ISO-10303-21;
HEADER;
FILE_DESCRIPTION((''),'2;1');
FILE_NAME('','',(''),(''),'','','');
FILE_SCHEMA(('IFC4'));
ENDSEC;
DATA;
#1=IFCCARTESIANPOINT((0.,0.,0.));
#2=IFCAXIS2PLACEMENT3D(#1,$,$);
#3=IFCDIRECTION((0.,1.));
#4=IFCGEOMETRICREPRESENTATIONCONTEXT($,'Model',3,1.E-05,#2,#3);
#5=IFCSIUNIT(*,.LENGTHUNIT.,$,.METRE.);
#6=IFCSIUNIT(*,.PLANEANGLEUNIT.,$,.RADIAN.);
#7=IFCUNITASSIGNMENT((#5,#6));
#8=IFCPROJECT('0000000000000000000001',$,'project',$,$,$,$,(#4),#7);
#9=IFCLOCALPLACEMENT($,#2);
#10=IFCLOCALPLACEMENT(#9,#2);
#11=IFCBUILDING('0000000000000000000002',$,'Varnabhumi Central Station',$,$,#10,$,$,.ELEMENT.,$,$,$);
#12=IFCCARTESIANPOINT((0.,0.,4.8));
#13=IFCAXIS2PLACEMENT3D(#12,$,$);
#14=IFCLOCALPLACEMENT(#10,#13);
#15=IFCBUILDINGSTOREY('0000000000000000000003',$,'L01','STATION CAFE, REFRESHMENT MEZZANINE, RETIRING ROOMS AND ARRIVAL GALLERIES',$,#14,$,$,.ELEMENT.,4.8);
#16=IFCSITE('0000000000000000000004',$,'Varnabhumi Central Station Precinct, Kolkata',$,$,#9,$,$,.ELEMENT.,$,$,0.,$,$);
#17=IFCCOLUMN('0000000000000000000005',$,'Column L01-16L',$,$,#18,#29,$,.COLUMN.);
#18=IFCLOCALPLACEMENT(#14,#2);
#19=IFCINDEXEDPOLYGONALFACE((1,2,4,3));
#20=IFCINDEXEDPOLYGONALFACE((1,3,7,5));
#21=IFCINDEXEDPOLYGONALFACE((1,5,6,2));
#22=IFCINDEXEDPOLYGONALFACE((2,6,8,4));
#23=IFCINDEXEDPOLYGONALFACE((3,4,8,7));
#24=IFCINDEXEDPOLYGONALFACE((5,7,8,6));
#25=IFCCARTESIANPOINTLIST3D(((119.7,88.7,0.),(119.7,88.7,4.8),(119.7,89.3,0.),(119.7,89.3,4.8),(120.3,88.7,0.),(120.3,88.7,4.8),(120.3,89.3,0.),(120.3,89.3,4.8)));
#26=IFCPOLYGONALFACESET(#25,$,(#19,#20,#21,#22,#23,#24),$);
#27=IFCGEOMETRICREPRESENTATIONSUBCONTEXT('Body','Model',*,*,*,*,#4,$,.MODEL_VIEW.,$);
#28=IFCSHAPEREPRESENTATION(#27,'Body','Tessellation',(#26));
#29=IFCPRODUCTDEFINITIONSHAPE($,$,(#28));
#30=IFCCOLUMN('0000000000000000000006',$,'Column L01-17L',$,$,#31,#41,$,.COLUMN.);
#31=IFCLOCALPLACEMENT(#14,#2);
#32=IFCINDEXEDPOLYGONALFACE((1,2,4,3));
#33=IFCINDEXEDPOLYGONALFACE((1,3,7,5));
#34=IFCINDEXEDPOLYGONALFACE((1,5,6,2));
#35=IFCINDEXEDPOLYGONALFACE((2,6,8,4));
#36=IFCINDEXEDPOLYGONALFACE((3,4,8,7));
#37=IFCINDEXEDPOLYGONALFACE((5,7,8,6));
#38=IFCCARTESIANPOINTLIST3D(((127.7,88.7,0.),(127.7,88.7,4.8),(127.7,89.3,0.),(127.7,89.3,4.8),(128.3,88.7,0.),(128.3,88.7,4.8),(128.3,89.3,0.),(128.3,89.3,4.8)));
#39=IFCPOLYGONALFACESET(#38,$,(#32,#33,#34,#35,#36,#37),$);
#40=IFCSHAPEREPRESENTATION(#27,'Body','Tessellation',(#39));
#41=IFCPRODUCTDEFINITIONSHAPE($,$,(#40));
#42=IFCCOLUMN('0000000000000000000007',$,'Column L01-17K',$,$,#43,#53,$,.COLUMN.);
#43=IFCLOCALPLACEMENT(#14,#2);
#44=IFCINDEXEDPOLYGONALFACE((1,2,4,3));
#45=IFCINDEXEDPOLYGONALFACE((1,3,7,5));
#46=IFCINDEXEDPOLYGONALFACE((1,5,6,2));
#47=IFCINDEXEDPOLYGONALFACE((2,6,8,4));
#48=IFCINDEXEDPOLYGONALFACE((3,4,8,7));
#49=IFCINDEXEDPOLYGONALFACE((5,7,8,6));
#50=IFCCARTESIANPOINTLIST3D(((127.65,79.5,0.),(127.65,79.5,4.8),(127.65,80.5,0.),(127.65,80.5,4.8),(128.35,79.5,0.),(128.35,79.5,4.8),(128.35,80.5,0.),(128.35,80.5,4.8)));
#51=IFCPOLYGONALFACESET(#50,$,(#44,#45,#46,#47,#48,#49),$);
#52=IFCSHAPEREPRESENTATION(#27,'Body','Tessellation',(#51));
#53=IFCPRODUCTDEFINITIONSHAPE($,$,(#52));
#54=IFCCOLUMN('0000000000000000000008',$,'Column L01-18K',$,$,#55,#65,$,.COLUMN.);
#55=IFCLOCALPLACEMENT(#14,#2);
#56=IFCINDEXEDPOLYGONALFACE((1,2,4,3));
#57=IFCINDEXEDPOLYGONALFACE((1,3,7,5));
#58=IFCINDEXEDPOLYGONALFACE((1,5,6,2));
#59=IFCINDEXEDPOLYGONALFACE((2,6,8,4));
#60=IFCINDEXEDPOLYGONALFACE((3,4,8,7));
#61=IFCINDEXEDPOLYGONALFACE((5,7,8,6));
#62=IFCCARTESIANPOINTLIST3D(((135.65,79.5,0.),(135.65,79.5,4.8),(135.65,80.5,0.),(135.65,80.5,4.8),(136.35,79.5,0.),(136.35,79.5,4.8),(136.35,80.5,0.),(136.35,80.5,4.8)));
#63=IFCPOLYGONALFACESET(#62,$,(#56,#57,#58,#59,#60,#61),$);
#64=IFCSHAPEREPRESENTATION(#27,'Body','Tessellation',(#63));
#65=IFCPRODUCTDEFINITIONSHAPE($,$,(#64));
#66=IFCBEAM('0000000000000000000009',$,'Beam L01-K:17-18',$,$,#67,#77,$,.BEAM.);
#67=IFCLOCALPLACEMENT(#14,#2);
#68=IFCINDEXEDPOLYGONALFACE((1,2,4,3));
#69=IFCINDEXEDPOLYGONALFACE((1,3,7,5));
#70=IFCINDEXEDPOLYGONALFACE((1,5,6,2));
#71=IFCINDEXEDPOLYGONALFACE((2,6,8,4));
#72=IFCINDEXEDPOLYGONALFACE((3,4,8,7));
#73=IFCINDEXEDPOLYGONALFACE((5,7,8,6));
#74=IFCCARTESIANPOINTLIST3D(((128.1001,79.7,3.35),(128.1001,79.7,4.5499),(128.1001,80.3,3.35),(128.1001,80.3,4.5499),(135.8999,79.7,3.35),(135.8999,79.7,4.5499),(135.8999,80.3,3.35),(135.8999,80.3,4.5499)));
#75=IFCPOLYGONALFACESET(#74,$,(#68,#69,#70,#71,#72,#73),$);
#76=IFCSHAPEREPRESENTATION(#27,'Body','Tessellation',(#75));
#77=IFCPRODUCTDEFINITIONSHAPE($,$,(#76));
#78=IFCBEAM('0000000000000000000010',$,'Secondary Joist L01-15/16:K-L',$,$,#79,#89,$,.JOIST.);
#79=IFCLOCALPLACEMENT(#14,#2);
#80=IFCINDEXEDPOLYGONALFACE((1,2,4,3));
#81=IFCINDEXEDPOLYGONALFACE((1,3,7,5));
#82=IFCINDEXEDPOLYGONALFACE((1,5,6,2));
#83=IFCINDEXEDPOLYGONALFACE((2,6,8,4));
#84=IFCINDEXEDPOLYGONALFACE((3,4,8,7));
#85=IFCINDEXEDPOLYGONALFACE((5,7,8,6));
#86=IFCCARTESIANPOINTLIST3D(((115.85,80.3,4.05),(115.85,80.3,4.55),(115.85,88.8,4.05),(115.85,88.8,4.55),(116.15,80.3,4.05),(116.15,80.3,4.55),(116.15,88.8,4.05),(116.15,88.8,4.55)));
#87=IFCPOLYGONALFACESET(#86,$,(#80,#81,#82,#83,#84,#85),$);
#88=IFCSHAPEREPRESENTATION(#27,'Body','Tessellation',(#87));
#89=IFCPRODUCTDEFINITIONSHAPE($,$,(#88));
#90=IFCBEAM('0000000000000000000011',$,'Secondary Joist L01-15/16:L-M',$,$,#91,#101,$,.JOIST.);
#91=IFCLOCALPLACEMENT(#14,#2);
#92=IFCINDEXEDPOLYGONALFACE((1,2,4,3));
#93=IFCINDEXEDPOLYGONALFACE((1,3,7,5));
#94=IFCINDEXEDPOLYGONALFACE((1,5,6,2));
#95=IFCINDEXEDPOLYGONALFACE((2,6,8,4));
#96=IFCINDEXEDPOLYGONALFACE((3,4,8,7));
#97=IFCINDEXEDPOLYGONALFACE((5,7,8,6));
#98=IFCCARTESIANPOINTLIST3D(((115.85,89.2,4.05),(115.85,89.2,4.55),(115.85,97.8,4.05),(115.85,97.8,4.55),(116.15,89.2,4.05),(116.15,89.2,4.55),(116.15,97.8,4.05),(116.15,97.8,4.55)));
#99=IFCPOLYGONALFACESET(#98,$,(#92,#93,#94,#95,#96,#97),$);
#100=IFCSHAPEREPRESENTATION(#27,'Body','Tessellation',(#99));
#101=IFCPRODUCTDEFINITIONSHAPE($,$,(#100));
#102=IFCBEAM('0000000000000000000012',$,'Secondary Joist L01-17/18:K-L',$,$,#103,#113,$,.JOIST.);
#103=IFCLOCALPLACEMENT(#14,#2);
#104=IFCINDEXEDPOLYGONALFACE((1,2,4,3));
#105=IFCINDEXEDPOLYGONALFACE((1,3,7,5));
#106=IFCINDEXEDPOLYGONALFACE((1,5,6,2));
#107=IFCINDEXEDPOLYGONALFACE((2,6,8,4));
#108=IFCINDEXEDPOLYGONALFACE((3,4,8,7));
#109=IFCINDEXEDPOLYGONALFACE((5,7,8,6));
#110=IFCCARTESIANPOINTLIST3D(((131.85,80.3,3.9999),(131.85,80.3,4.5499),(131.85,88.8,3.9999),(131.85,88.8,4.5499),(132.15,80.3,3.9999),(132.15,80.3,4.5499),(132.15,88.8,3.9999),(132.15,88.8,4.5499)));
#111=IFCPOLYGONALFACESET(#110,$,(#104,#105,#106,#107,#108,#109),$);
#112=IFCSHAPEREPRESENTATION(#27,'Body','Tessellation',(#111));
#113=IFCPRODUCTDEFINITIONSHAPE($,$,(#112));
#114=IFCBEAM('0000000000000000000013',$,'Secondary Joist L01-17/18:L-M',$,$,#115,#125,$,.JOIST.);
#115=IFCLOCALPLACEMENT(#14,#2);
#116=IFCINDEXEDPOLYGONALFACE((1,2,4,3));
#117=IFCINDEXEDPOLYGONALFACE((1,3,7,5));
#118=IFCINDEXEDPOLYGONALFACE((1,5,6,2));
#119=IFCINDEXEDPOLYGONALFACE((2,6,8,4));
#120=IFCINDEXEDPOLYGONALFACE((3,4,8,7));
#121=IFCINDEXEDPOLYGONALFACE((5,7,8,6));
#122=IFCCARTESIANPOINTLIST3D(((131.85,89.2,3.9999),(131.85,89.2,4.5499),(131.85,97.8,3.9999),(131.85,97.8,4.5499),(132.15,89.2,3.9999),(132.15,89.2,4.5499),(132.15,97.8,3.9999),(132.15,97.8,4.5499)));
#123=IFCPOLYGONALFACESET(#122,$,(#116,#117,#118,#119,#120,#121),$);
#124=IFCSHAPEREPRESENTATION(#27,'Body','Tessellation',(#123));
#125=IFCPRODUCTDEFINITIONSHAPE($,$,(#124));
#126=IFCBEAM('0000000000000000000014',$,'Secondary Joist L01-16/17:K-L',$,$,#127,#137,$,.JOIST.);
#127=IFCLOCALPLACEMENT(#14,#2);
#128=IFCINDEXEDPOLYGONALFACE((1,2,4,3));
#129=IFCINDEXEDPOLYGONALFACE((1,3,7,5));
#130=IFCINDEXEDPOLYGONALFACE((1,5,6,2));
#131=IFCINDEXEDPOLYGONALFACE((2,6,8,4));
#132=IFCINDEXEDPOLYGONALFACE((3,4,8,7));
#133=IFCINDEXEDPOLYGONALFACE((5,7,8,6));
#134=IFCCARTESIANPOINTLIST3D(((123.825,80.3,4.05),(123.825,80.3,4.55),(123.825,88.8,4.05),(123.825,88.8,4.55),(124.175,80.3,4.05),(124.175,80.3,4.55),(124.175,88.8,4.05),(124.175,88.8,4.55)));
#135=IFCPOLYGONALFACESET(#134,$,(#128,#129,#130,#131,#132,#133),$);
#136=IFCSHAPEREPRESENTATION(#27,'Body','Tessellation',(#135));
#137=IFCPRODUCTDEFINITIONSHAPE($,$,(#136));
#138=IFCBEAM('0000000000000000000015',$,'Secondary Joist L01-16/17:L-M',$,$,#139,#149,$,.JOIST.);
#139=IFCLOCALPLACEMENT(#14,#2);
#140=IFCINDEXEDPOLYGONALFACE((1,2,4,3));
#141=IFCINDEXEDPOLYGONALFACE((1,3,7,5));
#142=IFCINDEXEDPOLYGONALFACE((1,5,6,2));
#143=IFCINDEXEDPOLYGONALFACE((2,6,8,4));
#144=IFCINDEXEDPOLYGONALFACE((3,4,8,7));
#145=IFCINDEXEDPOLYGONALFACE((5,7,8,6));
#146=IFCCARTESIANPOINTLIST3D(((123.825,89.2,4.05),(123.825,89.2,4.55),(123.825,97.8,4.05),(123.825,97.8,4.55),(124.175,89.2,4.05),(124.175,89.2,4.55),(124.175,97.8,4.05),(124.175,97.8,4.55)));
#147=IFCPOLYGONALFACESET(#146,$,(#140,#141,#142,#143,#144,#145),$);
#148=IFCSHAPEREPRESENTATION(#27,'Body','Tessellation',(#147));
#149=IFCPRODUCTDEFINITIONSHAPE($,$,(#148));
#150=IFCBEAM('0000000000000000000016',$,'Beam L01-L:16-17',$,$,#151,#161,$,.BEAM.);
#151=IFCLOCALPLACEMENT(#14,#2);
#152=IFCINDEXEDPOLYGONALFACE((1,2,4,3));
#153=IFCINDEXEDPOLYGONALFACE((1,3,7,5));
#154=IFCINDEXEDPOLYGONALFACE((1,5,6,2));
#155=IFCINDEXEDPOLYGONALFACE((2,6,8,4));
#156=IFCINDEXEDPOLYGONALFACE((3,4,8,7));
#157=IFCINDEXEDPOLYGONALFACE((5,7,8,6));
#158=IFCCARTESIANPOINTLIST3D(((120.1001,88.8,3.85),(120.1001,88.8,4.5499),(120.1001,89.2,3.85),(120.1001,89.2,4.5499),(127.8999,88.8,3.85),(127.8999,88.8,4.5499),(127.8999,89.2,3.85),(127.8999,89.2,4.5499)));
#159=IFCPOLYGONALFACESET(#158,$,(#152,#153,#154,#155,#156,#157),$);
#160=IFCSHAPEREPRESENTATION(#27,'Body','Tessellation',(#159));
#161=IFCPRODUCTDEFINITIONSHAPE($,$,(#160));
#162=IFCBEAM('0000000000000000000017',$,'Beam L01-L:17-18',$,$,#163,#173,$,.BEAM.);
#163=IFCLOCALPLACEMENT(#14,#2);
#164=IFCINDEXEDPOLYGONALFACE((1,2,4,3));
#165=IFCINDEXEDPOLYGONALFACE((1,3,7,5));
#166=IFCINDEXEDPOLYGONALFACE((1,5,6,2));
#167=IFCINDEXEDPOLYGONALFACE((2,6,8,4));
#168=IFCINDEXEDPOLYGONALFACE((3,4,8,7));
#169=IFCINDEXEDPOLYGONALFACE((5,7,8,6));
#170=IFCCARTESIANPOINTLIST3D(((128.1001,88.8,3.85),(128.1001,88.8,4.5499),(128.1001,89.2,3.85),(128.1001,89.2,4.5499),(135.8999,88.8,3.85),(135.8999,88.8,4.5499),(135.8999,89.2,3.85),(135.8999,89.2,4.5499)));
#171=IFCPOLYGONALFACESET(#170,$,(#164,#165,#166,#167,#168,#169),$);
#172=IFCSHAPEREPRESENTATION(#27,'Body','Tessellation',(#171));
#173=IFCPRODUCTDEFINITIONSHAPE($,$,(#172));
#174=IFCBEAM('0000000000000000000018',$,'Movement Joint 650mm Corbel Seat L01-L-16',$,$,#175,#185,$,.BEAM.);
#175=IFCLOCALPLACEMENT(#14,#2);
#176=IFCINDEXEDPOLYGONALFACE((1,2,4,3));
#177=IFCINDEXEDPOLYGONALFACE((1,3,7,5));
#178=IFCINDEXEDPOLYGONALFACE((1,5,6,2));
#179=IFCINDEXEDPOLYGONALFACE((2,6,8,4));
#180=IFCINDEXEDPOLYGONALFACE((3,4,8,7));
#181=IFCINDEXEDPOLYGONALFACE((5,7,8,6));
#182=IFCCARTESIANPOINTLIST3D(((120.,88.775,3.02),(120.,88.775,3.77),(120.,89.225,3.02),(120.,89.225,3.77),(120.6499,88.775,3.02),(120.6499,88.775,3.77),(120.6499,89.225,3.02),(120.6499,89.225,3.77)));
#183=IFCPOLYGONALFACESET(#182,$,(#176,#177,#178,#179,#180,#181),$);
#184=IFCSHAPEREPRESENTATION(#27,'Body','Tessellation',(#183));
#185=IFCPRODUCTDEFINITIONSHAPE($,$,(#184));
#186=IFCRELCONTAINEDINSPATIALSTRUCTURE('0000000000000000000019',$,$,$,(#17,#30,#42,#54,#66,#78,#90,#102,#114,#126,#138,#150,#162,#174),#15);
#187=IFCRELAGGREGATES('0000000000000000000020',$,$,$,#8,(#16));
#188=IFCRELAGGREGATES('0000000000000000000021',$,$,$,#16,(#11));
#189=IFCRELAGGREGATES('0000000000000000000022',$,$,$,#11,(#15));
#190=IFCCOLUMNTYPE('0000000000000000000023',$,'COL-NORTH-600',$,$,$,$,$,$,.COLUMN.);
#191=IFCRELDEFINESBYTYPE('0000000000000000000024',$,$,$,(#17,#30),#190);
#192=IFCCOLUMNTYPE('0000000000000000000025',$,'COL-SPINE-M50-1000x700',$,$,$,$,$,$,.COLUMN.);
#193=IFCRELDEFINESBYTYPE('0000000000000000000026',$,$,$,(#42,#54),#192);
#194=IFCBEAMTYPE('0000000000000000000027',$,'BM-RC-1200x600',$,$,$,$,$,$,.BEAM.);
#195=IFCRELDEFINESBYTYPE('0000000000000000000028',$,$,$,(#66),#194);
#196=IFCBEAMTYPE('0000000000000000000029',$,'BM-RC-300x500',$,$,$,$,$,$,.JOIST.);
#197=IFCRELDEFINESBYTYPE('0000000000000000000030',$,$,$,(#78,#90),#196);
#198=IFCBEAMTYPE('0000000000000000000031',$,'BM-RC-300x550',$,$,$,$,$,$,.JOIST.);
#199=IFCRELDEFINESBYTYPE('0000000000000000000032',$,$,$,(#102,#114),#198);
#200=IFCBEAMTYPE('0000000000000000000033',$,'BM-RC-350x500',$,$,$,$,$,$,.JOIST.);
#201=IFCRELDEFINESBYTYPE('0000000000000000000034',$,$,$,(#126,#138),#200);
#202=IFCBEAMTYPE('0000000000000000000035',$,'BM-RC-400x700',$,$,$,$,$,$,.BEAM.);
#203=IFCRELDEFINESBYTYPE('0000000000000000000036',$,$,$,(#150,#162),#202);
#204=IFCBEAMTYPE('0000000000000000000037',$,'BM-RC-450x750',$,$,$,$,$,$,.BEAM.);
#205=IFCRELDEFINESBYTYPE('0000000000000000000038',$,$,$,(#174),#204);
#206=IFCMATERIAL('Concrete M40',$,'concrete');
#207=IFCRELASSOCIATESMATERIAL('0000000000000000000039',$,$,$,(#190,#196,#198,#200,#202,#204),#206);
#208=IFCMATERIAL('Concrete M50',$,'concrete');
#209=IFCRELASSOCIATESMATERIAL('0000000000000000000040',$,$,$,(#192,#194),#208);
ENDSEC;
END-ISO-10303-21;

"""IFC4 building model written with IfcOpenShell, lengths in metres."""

from ifc_helpers import new_model, si_unit, direction, frame, origin, origin_2d, place, context, subcontext, project, spatial, rectangle, extrude, material, material_profile, profile_set, type_object, element, save


model = new_model("IFC4")

# Units and contexts
model_context = context("Model", 3, precision=1e-05, world=origin(), true_north=direction((0.0, 1.0)))
body_context = subcontext(model_context, "Body", "Model", "MODEL_VIEW")
ifc_project = project(units=[si_unit("LENGTHUNIT", "METRE"), si_unit("PLANEANGLEUNIT", "RADIAN")], contexts=[model_context])

# Site, building, storey
site_placement = place(None, origin())
site = spatial("IfcSite", under=ifc_project, at=site_placement, Name="Varnabhumi Central Station Precinct, Kolkata", CompositionType="ELEMENT", RefElevation=0.0)
building_placement = place(site_placement, origin())
building = spatial("IfcBuilding", under=site, at=building_placement, Name="Varnabhumi Central Station", CompositionType="ELEMENT")
storey_placement = place(building_placement, frame((0.0, 0.0, 4.8)))
storey = spatial("IfcBuildingStorey", under=building, at=storey_placement, Name="L01", Description="STATION CAFE, REFRESHMENT MEZZANINE, RETIRING ROOMS AND ARRIVAL GALLERIES", CompositionType="ELEMENT", Elevation=4.8)

# Columns
ifc_material_1 = material(Name="Concrete M40", Category="concrete")
ifc_material_profile_1 = material_profile(ifc_material_1, rectangle(XDim=0.6001, YDim=0.6001, at=origin_2d()), Name="Concrete M40", Category="concrete")
ifc_profile_set_1 = profile_set([ifc_material_profile_1], Name="Concrete M40")
column_type_1 = type_object("IfcColumnType", Name="COL-NORTH-600", PredefinedType="COLUMN", material=ifc_profile_set_1)
for number, where, z_axis, x_axis, name in (
    (1, (120.0, 89.0, 0.0), (0.0, 0.0, 1.0), (1.0, 0.0, 0.0), "Column L01-16L"),
    (2, (128.0, 89.0, 0.0), (0.0, 0.0, 1.0), (1.0, 0.0, 0.0), "Column L01-17L"),
):
    element("IfcColumn", number, at=place(storey_placement, frame(where, z_axis=z_axis, x_axis=x_axis)), inside=storey, type_object=column_type_1, Name=name, PredefinedType="COLUMN", context=body_context, shape_type="SweptSolid", body=[
        extrude(rectangle(XDim=0.6001, YDim=0.6001, at=origin_2d()), origin(), (0.0, 0.0, 1.0), 4.8),
    ])
ifc_material_2 = material(Name="Concrete M50", Category="concrete")
ifc_material_profile_2 = material_profile(ifc_material_2, rectangle(XDim=0.7, YDim=1.0, at=origin_2d()), Name="Concrete M50", Category="concrete")
ifc_profile_set_2 = profile_set([ifc_material_profile_2], Name="Concrete M50")
column_type_2 = type_object("IfcColumnType", Name="COL-SPINE-M50-1000x700", PredefinedType="COLUMN", material=ifc_profile_set_2)
for number, where, z_axis, x_axis, name in (
    (3, (128.0, 80.0, 0.0), (0.0, 0.0, 1.0), (1.0, 0.0, 0.0), "Column L01-17K"),
    (4, (136.0, 80.0, 0.0), (0.0, 0.0, 1.0), (1.0, 0.0, 0.0), "Column L01-18K"),
):
    element("IfcColumn", number, at=place(storey_placement, frame(where, z_axis=z_axis, x_axis=x_axis)), inside=storey, type_object=column_type_2, Name=name, PredefinedType="COLUMN", context=body_context, shape_type="SweptSolid", body=[
        extrude(rectangle(XDim=0.7, YDim=1.0, at=origin_2d()), origin(), (0.0, 0.0, 1.0), 4.8),
    ])

# Beams
ifc_material_profile_3 = material_profile(ifc_material_2, rectangle(XDim=0.6001, YDim=1.2, at=origin_2d()), Name="Concrete M50", Category="concrete")
ifc_profile_set_3 = profile_set([ifc_material_profile_3], Name="Concrete M50")
beam_type_1 = type_object("IfcBeamType", Name="BM-RC-1200x600", PredefinedType="BEAM", material=ifc_profile_set_3)
beam_1_placement = place(storey_placement, frame((128.1001, 80.0, 3.95), z_axis=(1.0, 0.0, 0.0), x_axis=(0.0, 1.0, 0.0)))
element("IfcBeam", 5, at=beam_1_placement, inside=storey, type_object=beam_type_1, Name="Beam L01-K:17-18", PredefinedType="BEAM", context=body_context, shape_type="SweptSolid", body=[
    extrude(rectangle(XDim=0.6001, YDim=1.2, at=origin_2d()), origin(), (0.0, 0.0, 1.0), 7.7998),
])
ifc_material_profile_4 = material_profile(ifc_material_1, rectangle(XDim=0.3, YDim=0.5, at=origin_2d()), Name="Concrete M40", Category="concrete")
ifc_profile_set_4 = profile_set([ifc_material_profile_4], Name="Concrete M40")
beam_type_2 = type_object("IfcBeamType", Name="BM-RC-300x500", PredefinedType="JOIST", material=ifc_profile_set_4)
beam_2_placement = place(storey_placement, frame((116.0, 80.3, 4.3), z_axis=(0.0, 1.0, 0.0), x_axis=(-1.0, 0.0, 0.0)))
element("IfcBeam", 6, at=beam_2_placement, inside=storey, type_object=beam_type_2, Name="Secondary Joist L01-15/16:K-L", PredefinedType="JOIST", context=body_context, shape_type="SweptSolid", body=[
    extrude(rectangle(XDim=0.3, YDim=0.5, at=origin_2d()), origin(), (0.0, 0.0, 1.0), 8.5),
])
beam_3_placement = place(storey_placement, frame((116.0, 89.2, 4.3), z_axis=(0.0, 1.0, 0.0), x_axis=(-1.0, 0.0, 0.0)))
element("IfcBeam", 7, at=beam_3_placement, inside=storey, type_object=beam_type_2, Name="Secondary Joist L01-15/16:L-M", PredefinedType="JOIST", context=body_context, shape_type="SweptSolid", body=[
    extrude(rectangle(XDim=0.3, YDim=0.5, at=origin_2d()), origin(), (0.0, 0.0, 1.0), 8.6001),
])
ifc_material_profile_5 = material_profile(ifc_material_1, rectangle(XDim=0.3, YDim=0.55, at=origin_2d()), Name="Concrete M40", Category="concrete")
ifc_profile_set_5 = profile_set([ifc_material_profile_5], Name="Concrete M40")
beam_type_3 = type_object("IfcBeamType", Name="BM-RC-300x550", PredefinedType="JOIST", material=ifc_profile_set_5)
beam_4_placement = place(storey_placement, frame((132.0, 80.3, 4.2749), z_axis=(0.0, 1.0, 0.0), x_axis=(-1.0, 0.0, 0.0)))
element("IfcBeam", 8, at=beam_4_placement, inside=storey, type_object=beam_type_3, Name="Secondary Joist L01-17/18:K-L", PredefinedType="JOIST", context=body_context, shape_type="SweptSolid", body=[
    extrude(rectangle(XDim=0.3, YDim=0.55, at=origin_2d()), origin(), (0.0, 0.0, 1.0), 8.5),
])
beam_5_placement = place(storey_placement, frame((132.0, 89.2, 4.2749), z_axis=(0.0, 1.0, 0.0), x_axis=(-1.0, 0.0, 0.0)))
element("IfcBeam", 9, at=beam_5_placement, inside=storey, type_object=beam_type_3, Name="Secondary Joist L01-17/18:L-M", PredefinedType="JOIST", context=body_context, shape_type="SweptSolid", body=[
    extrude(rectangle(XDim=0.3, YDim=0.55, at=origin_2d()), origin(), (0.0, 0.0, 1.0), 8.6001),
])
ifc_material_profile_6 = material_profile(ifc_material_1, rectangle(XDim=0.3501, YDim=0.5, at=origin_2d()), Name="Concrete M40", Category="concrete")
ifc_profile_set_6 = profile_set([ifc_material_profile_6], Name="Concrete M40")
beam_type_4 = type_object("IfcBeamType", Name="BM-RC-350x500", PredefinedType="JOIST", material=ifc_profile_set_6)
beam_6_placement = place(storey_placement, frame((124.0, 80.3, 4.3), z_axis=(0.0, 1.0, 0.0), x_axis=(-1.0, 0.0, 0.0)))
element("IfcBeam", 10, at=beam_6_placement, inside=storey, type_object=beam_type_4, Name="Secondary Joist L01-16/17:K-L", PredefinedType="JOIST", context=body_context, shape_type="SweptSolid", body=[
    extrude(rectangle(XDim=0.3501, YDim=0.5, at=origin_2d()), origin(), (0.0, 0.0, 1.0), 8.5),
])
beam_7_placement = place(storey_placement, frame((124.0, 89.2, 4.3), z_axis=(0.0, 1.0, 0.0), x_axis=(-1.0, 0.0, 0.0)))
element("IfcBeam", 11, at=beam_7_placement, inside=storey, type_object=beam_type_4, Name="Secondary Joist L01-16/17:L-M", PredefinedType="JOIST", context=body_context, shape_type="SweptSolid", body=[
    extrude(rectangle(XDim=0.3501, YDim=0.5, at=origin_2d()), origin(), (0.0, 0.0, 1.0), 8.6001),
])
ifc_material_profile_7 = material_profile(ifc_material_1, rectangle(XDim=0.3999, YDim=0.7, at=origin_2d()), Name="Concrete M40", Category="concrete")
ifc_profile_set_7 = profile_set([ifc_material_profile_7], Name="Concrete M40")
beam_type_5 = type_object("IfcBeamType", Name="BM-RC-400x700", PredefinedType="BEAM", material=ifc_profile_set_7)
for number, where, z_axis, x_axis, name in (
    (12, (120.1001, 89.0, 4.2), (1.0, 0.0, 0.0), (0.0, 1.0, 0.0), "Beam L01-L:16-17"),
    (13, (128.1001, 89.0, 4.2), (1.0, 0.0, 0.0), (0.0, 1.0, 0.0), "Beam L01-L:17-18"),
):
    element("IfcBeam", number, at=place(storey_placement, frame(where, z_axis=z_axis, x_axis=x_axis)), inside=storey, type_object=beam_type_5, Name=name, PredefinedType="BEAM", context=body_context, shape_type="SweptSolid", body=[
        extrude(rectangle(XDim=0.3999, YDim=0.7, at=origin_2d()), origin(), (0.0, 0.0, 1.0), 7.7998),
    ])
ifc_material_profile_8 = material_profile(ifc_material_1, rectangle(XDim=0.45, YDim=0.75, at=origin_2d()), Name="Concrete M40", Category="concrete")
ifc_profile_set_8 = profile_set([ifc_material_profile_8], Name="Concrete M40")
beam_type_6 = type_object("IfcBeamType", Name="BM-RC-450x750", PredefinedType="BEAM", material=ifc_profile_set_8)
beam_8_placement = place(storey_placement, frame((120.0, 89.0, 3.395), z_axis=(1.0, 0.0, 0.0), x_axis=(0.0, 1.0, 0.0)))
element("IfcBeam", 14, at=beam_8_placement, inside=storey, type_object=beam_type_6, Name="Movement Joint 650mm Corbel Seat L01-L-16", PredefinedType="BEAM", context=body_context, shape_type="SweptSolid", body=[
    extrude(rectangle(XDim=0.45, YDim=0.75, at=origin_2d()), origin(), (0.0, 0.0, 1.0), 0.6499),
])

save(model, "model.ifc")
